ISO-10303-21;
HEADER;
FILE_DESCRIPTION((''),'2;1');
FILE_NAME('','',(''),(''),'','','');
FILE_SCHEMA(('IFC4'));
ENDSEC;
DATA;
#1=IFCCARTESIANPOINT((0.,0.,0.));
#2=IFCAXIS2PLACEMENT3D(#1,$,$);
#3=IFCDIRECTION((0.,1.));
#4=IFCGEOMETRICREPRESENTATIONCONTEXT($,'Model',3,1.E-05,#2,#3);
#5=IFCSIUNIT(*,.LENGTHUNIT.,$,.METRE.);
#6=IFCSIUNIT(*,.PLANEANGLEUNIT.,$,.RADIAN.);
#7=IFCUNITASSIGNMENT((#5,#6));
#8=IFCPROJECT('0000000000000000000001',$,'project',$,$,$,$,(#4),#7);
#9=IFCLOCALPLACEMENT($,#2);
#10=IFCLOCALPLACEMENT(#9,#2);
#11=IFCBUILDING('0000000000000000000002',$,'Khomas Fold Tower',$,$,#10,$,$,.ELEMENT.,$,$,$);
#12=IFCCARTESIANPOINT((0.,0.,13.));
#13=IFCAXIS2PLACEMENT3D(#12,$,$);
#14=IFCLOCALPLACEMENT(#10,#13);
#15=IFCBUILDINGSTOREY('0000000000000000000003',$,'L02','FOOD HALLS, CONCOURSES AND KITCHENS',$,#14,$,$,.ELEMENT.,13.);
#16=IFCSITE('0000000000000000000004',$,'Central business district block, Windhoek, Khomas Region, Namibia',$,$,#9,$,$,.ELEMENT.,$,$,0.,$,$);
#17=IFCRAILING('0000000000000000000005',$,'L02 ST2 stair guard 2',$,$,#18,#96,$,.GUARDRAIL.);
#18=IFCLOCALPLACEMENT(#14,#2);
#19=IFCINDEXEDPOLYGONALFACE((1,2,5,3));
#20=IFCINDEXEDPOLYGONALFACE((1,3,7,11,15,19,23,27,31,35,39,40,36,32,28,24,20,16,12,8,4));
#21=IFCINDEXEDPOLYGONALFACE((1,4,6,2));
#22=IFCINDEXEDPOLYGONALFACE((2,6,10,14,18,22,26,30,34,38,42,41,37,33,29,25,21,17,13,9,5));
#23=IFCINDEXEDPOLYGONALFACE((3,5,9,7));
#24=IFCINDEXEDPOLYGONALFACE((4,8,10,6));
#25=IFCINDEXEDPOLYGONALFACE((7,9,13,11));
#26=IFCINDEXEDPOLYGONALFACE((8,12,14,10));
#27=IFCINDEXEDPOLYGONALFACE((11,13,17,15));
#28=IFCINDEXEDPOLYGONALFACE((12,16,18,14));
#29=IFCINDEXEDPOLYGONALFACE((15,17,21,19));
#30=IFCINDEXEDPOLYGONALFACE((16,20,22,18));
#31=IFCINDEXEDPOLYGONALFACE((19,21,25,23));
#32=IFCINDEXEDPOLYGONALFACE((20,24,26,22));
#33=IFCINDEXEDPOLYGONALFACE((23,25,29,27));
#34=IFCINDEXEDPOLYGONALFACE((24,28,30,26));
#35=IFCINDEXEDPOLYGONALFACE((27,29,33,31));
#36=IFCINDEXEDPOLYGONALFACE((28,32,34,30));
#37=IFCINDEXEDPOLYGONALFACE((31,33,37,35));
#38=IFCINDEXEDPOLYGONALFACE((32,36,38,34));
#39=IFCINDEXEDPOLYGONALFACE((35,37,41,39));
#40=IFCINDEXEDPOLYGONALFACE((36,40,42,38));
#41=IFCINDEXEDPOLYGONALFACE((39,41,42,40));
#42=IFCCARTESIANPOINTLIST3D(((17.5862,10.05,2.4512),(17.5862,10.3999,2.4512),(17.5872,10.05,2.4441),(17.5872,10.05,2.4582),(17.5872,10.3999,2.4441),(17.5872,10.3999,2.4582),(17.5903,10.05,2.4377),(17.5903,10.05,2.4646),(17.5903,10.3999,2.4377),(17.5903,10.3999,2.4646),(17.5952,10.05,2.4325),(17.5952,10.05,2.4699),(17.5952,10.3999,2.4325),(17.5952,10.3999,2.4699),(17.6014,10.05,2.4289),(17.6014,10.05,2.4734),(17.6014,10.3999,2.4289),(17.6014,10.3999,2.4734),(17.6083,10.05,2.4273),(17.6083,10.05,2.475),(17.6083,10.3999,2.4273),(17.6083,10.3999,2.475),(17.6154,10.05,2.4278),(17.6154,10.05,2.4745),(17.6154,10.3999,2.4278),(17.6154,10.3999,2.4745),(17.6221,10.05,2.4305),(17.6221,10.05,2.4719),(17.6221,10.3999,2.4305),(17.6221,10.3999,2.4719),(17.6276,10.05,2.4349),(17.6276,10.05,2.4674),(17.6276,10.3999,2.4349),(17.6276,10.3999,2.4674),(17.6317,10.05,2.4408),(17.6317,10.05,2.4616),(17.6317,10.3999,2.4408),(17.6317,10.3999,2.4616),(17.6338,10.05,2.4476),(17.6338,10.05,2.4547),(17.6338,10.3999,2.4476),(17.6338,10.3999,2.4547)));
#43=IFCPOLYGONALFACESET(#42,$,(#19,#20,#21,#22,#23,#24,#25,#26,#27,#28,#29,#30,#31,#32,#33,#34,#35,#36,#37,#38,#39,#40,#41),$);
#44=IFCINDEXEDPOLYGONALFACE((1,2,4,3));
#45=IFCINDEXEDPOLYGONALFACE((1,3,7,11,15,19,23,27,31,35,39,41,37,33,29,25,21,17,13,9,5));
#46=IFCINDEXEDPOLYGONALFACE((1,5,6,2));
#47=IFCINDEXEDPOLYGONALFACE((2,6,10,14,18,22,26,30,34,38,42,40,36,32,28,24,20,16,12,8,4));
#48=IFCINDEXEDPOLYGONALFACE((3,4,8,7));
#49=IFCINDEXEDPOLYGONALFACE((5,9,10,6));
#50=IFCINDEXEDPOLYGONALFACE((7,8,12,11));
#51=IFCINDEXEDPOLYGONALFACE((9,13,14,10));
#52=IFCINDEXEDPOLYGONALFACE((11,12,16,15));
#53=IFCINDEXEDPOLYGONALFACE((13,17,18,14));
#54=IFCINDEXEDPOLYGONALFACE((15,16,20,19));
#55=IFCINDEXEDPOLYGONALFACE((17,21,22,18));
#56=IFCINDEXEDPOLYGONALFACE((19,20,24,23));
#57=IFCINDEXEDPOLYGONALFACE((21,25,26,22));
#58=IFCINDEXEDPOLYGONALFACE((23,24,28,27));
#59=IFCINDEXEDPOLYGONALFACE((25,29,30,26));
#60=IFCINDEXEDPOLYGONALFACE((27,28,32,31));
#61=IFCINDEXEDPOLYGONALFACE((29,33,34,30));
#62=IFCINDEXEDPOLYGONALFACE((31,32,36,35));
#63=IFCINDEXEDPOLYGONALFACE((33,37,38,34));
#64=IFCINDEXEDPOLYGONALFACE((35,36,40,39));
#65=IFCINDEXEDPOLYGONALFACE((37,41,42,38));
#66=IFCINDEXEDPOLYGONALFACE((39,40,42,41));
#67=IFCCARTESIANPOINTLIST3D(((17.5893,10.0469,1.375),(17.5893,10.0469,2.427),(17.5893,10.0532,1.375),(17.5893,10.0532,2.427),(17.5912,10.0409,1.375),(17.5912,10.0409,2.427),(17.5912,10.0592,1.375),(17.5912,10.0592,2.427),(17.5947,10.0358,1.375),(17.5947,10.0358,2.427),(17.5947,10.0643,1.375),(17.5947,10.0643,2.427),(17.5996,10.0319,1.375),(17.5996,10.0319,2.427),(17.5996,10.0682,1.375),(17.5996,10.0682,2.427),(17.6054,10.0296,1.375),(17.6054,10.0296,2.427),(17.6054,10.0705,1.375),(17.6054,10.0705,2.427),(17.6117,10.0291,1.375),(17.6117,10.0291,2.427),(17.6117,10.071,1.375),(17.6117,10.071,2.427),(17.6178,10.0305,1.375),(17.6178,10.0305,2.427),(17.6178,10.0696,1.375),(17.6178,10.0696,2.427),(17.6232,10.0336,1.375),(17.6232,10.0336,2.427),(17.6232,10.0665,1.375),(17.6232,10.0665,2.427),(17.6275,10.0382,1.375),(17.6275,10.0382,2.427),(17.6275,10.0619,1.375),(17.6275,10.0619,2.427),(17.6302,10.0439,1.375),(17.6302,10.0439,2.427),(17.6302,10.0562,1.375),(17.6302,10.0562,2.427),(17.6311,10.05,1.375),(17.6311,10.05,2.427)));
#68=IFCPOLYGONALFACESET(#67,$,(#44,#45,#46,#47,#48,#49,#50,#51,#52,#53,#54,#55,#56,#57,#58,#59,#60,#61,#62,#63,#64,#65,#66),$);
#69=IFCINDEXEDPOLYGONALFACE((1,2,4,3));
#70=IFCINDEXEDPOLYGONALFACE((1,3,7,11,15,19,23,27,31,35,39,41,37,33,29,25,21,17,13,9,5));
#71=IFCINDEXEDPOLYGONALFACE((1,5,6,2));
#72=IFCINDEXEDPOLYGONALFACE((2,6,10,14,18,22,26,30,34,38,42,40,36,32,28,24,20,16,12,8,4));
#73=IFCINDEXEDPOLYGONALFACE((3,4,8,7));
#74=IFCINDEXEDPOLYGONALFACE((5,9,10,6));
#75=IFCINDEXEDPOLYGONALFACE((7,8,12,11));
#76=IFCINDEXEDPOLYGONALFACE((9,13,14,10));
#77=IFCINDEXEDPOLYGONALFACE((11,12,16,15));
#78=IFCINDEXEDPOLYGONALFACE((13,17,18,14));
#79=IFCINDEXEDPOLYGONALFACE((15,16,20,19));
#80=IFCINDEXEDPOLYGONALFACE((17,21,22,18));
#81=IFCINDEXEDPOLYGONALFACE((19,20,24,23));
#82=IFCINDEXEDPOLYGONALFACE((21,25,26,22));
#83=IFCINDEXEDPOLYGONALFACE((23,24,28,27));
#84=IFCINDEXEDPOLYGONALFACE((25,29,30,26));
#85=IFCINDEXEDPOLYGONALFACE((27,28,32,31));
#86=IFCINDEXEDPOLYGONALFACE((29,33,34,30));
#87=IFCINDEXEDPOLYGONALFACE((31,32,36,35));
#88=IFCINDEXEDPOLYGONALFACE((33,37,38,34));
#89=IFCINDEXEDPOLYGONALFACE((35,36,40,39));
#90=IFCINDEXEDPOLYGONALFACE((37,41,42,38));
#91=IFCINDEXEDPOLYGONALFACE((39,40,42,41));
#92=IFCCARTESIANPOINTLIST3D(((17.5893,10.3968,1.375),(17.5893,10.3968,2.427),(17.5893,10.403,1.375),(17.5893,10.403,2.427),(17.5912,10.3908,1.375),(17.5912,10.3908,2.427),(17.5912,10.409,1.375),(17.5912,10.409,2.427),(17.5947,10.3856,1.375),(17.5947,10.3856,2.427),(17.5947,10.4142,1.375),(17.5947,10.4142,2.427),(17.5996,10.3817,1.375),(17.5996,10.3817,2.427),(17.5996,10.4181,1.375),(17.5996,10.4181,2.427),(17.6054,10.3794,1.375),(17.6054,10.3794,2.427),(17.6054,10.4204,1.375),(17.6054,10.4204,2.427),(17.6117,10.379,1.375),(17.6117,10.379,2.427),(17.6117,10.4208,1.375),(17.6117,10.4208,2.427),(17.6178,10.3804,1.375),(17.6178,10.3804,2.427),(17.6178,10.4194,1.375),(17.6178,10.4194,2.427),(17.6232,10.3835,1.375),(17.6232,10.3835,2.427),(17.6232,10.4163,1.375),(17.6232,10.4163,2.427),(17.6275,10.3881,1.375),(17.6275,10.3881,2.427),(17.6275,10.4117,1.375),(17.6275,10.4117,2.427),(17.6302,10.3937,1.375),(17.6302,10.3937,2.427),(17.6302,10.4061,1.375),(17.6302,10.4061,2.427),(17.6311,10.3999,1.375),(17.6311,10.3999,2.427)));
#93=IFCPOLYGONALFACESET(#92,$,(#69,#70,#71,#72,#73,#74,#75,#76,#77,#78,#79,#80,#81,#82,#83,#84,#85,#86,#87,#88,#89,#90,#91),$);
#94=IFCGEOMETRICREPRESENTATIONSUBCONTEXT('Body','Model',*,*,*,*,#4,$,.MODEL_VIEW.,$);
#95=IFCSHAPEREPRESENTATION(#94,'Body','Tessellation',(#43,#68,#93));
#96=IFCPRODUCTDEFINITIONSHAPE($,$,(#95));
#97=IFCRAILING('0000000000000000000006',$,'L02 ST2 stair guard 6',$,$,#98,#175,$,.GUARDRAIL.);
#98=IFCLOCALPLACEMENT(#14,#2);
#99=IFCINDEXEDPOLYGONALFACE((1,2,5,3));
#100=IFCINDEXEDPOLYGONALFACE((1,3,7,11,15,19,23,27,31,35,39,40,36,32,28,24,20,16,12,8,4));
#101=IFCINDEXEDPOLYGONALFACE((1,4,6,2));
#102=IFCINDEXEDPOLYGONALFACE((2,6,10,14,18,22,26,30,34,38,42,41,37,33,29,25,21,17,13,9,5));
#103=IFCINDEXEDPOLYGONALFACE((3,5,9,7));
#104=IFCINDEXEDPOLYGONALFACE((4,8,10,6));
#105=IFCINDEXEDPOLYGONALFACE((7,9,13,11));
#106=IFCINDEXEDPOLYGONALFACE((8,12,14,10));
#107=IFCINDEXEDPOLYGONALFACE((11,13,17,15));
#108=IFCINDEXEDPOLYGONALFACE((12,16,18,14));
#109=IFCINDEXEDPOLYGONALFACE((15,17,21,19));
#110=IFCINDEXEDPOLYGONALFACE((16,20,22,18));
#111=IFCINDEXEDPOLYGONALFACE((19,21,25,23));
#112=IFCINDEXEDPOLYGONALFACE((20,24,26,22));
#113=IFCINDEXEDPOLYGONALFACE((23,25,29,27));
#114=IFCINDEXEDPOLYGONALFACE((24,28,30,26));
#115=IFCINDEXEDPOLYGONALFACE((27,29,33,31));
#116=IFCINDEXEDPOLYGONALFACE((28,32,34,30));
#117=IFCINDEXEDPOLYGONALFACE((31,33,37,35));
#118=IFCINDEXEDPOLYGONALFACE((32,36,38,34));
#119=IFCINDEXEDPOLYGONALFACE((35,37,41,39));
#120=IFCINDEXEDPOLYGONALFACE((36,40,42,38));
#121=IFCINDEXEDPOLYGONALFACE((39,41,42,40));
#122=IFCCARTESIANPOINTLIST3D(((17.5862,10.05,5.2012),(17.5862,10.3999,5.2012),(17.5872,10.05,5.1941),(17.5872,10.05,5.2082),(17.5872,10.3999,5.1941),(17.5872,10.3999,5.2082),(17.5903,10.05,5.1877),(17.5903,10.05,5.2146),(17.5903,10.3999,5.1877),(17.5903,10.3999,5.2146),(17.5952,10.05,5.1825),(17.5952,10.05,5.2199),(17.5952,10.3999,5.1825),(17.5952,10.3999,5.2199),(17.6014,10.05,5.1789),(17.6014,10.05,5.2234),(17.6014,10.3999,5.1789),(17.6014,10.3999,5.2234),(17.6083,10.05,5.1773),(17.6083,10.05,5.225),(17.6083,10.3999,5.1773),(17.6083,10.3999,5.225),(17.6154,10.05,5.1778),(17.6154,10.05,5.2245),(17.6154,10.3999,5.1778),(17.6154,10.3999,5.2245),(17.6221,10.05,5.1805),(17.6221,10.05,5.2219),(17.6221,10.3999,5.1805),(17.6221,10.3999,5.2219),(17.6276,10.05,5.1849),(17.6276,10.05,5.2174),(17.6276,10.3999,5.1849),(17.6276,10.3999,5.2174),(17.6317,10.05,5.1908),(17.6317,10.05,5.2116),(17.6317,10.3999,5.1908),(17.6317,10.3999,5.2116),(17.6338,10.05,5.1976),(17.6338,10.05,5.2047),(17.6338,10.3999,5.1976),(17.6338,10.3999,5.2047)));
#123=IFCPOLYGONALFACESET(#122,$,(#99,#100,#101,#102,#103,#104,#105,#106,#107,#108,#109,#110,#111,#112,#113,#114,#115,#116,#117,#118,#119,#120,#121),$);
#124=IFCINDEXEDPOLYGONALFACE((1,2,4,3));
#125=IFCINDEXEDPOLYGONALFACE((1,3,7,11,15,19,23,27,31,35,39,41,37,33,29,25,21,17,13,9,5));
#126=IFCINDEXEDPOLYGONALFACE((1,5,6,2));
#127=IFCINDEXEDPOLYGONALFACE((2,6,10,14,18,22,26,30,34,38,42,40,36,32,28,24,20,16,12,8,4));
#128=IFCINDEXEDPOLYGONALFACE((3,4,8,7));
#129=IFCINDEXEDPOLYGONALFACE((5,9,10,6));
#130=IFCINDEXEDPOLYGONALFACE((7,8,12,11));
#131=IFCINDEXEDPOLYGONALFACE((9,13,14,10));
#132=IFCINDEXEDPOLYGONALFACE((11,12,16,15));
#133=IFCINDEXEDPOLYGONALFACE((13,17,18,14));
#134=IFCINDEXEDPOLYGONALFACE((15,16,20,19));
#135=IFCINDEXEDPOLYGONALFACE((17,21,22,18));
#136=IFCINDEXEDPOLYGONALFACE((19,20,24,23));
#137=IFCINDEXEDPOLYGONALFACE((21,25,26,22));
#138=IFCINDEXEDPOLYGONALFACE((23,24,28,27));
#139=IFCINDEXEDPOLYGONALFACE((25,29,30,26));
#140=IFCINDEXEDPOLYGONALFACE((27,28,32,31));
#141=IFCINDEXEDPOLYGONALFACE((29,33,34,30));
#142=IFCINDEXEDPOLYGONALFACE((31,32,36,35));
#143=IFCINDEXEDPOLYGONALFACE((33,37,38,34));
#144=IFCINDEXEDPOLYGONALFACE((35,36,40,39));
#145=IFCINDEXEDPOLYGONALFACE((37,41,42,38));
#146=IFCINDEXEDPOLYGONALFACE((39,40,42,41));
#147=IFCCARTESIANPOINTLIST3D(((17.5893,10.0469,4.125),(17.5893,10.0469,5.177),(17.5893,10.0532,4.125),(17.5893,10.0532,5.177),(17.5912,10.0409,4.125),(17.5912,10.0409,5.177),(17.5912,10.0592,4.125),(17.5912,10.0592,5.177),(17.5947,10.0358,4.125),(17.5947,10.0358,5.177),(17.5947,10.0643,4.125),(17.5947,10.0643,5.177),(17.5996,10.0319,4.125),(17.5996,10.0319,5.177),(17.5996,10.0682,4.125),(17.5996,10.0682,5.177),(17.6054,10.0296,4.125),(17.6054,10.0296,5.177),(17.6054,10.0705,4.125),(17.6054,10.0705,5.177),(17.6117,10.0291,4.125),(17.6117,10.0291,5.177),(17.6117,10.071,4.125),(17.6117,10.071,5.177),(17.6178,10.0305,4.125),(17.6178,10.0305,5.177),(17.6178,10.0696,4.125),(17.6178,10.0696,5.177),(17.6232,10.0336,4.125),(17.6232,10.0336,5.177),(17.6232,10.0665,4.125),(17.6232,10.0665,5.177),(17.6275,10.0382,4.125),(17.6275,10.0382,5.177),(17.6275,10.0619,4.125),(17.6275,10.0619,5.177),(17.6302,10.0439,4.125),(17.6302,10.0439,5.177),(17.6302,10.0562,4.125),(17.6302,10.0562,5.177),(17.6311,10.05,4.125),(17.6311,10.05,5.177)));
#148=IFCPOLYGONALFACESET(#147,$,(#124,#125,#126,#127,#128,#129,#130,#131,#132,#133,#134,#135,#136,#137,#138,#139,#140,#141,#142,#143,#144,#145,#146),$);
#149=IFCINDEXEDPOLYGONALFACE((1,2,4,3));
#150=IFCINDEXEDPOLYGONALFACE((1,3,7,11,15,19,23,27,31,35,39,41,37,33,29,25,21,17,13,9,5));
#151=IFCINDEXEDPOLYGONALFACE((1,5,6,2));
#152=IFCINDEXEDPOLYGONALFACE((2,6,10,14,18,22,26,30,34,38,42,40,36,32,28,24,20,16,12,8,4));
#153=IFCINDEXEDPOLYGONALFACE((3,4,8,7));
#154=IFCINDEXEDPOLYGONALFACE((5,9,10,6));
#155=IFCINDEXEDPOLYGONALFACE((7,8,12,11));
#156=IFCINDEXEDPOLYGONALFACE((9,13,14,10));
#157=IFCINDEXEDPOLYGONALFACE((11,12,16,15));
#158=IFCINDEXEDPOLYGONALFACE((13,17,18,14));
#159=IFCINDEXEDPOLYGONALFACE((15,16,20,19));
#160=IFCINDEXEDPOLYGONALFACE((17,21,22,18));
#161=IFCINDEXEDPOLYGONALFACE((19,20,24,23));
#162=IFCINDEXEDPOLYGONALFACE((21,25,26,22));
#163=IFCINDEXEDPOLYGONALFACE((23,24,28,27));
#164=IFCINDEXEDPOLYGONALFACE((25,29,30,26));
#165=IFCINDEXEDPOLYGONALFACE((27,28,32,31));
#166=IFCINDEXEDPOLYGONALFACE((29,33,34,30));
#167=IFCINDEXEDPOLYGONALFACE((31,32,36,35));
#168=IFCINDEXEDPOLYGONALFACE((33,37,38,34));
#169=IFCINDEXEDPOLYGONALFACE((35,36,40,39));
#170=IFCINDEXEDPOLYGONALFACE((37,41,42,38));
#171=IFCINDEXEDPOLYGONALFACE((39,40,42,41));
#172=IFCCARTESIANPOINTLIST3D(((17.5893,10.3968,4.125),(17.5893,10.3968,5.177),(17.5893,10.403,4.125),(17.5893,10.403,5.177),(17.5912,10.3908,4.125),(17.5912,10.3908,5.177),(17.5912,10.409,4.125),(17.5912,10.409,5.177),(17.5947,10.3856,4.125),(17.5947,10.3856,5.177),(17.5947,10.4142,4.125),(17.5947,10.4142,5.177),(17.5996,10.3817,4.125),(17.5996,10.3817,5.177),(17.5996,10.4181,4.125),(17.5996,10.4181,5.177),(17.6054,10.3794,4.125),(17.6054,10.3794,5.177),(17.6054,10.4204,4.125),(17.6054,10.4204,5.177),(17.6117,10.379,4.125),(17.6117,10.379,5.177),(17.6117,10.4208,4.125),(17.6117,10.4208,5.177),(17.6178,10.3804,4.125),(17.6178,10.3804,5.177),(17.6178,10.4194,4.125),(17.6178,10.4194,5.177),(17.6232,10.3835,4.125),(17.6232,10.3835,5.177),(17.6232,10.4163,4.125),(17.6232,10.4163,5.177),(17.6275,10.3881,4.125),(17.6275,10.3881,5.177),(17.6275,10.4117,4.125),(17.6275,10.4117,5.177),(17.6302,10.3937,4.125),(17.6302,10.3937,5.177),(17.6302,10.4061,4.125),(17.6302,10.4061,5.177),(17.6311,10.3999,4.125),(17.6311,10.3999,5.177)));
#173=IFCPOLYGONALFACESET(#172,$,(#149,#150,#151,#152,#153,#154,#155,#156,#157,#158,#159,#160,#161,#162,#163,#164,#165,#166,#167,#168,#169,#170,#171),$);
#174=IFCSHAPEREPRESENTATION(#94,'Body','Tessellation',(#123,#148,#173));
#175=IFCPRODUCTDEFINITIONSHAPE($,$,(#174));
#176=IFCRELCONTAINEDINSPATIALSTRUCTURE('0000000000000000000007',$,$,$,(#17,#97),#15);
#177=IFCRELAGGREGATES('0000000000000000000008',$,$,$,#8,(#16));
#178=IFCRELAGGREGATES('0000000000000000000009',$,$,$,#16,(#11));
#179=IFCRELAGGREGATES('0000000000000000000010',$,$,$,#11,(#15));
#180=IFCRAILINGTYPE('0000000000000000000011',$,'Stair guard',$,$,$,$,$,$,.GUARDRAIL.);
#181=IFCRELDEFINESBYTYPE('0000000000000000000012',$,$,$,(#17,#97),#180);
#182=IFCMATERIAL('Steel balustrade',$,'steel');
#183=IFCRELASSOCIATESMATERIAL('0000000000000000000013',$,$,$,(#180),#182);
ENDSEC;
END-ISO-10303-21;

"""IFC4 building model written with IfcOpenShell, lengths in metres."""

from ifc_helpers import new_model, si_unit, direction, frame, origin, origin_2d, place, context, subcontext, project, spatial, circle, extrude, source, transform, mapped, material, type_object, element, save


model = new_model("IFC4")

# Units and contexts
model_context = context("Model", 3, precision=1e-05, world=origin(), true_north=direction((0.0, 1.0)))
body_context = subcontext(model_context, "Body", "Model", "MODEL_VIEW")
ifc_project = project(units=[si_unit("LENGTHUNIT", "METRE"), si_unit("PLANEANGLEUNIT", "RADIAN")], contexts=[model_context])

# Site, building, storey
site_placement = place(None, origin())
site = spatial("IfcSite", under=ifc_project, at=site_placement, Name="Central business district block, Windhoek, Khomas Region, Namibia", CompositionType="ELEMENT", RefElevation=0.0)
building_placement = place(site_placement, origin())
building = spatial("IfcBuilding", under=site, at=building_placement, Name="Khomas Fold Tower", CompositionType="ELEMENT")
storey_placement = place(building_placement, frame((0.0, 0.0, 13.0)))
storey = spatial("IfcBuildingStorey", under=building, at=storey_placement, Name="L02", Description="FOOD HALLS, CONCOURSES AND KITCHENS", CompositionType="ELEMENT", Elevation=13.0)

# Railings
ifc_material_1 = material(Name="Steel balustrade", Category="steel")
railing_type = type_object("IfcRailingType", Name="Stair guard", PredefinedType="GUARDRAIL", material=ifc_material_1)
shared_shape_1 = source(origin(), body_context, "Body", "SweptSolid", [
    extrude(circle(Radius=0.0239, at=origin_2d()), frame((0.0, 0.0, 1.0762), z_axis=(0.0, 1.0, 0.0), x_axis=(-1.0, 0.0, 0.0)), (0.0, 0.0, 1.0), 0.3499),
    extrude(circle(Radius=0.021, at=origin_2d()), origin(), (0.0, 0.0, 1.0), 1.052),
    extrude(circle(Radius=0.021, at=origin_2d()), frame((0.0, 0.3499, 0.0)), (0.0, 0.0, 1.0), 1.052),
])
for number, where, name in (
    (1, (17.6101, 10.05, 1.375), "L02 ST2 stair guard 2"),
    (2, (17.6101, 10.05, 4.125), "L02 ST2 stair guard 6"),
):
    element("IfcRailing", number, at=place(storey_placement, frame(where)), inside=storey, type_object=railing_type, Name=name, PredefinedType="GUARDRAIL", context=body_context, shape_type="MappedRepresentation", body=[
        mapped(shared_shape_1, transform((0.0, 0.0, 0.0))),
    ])

save(model, "model.ifc")
